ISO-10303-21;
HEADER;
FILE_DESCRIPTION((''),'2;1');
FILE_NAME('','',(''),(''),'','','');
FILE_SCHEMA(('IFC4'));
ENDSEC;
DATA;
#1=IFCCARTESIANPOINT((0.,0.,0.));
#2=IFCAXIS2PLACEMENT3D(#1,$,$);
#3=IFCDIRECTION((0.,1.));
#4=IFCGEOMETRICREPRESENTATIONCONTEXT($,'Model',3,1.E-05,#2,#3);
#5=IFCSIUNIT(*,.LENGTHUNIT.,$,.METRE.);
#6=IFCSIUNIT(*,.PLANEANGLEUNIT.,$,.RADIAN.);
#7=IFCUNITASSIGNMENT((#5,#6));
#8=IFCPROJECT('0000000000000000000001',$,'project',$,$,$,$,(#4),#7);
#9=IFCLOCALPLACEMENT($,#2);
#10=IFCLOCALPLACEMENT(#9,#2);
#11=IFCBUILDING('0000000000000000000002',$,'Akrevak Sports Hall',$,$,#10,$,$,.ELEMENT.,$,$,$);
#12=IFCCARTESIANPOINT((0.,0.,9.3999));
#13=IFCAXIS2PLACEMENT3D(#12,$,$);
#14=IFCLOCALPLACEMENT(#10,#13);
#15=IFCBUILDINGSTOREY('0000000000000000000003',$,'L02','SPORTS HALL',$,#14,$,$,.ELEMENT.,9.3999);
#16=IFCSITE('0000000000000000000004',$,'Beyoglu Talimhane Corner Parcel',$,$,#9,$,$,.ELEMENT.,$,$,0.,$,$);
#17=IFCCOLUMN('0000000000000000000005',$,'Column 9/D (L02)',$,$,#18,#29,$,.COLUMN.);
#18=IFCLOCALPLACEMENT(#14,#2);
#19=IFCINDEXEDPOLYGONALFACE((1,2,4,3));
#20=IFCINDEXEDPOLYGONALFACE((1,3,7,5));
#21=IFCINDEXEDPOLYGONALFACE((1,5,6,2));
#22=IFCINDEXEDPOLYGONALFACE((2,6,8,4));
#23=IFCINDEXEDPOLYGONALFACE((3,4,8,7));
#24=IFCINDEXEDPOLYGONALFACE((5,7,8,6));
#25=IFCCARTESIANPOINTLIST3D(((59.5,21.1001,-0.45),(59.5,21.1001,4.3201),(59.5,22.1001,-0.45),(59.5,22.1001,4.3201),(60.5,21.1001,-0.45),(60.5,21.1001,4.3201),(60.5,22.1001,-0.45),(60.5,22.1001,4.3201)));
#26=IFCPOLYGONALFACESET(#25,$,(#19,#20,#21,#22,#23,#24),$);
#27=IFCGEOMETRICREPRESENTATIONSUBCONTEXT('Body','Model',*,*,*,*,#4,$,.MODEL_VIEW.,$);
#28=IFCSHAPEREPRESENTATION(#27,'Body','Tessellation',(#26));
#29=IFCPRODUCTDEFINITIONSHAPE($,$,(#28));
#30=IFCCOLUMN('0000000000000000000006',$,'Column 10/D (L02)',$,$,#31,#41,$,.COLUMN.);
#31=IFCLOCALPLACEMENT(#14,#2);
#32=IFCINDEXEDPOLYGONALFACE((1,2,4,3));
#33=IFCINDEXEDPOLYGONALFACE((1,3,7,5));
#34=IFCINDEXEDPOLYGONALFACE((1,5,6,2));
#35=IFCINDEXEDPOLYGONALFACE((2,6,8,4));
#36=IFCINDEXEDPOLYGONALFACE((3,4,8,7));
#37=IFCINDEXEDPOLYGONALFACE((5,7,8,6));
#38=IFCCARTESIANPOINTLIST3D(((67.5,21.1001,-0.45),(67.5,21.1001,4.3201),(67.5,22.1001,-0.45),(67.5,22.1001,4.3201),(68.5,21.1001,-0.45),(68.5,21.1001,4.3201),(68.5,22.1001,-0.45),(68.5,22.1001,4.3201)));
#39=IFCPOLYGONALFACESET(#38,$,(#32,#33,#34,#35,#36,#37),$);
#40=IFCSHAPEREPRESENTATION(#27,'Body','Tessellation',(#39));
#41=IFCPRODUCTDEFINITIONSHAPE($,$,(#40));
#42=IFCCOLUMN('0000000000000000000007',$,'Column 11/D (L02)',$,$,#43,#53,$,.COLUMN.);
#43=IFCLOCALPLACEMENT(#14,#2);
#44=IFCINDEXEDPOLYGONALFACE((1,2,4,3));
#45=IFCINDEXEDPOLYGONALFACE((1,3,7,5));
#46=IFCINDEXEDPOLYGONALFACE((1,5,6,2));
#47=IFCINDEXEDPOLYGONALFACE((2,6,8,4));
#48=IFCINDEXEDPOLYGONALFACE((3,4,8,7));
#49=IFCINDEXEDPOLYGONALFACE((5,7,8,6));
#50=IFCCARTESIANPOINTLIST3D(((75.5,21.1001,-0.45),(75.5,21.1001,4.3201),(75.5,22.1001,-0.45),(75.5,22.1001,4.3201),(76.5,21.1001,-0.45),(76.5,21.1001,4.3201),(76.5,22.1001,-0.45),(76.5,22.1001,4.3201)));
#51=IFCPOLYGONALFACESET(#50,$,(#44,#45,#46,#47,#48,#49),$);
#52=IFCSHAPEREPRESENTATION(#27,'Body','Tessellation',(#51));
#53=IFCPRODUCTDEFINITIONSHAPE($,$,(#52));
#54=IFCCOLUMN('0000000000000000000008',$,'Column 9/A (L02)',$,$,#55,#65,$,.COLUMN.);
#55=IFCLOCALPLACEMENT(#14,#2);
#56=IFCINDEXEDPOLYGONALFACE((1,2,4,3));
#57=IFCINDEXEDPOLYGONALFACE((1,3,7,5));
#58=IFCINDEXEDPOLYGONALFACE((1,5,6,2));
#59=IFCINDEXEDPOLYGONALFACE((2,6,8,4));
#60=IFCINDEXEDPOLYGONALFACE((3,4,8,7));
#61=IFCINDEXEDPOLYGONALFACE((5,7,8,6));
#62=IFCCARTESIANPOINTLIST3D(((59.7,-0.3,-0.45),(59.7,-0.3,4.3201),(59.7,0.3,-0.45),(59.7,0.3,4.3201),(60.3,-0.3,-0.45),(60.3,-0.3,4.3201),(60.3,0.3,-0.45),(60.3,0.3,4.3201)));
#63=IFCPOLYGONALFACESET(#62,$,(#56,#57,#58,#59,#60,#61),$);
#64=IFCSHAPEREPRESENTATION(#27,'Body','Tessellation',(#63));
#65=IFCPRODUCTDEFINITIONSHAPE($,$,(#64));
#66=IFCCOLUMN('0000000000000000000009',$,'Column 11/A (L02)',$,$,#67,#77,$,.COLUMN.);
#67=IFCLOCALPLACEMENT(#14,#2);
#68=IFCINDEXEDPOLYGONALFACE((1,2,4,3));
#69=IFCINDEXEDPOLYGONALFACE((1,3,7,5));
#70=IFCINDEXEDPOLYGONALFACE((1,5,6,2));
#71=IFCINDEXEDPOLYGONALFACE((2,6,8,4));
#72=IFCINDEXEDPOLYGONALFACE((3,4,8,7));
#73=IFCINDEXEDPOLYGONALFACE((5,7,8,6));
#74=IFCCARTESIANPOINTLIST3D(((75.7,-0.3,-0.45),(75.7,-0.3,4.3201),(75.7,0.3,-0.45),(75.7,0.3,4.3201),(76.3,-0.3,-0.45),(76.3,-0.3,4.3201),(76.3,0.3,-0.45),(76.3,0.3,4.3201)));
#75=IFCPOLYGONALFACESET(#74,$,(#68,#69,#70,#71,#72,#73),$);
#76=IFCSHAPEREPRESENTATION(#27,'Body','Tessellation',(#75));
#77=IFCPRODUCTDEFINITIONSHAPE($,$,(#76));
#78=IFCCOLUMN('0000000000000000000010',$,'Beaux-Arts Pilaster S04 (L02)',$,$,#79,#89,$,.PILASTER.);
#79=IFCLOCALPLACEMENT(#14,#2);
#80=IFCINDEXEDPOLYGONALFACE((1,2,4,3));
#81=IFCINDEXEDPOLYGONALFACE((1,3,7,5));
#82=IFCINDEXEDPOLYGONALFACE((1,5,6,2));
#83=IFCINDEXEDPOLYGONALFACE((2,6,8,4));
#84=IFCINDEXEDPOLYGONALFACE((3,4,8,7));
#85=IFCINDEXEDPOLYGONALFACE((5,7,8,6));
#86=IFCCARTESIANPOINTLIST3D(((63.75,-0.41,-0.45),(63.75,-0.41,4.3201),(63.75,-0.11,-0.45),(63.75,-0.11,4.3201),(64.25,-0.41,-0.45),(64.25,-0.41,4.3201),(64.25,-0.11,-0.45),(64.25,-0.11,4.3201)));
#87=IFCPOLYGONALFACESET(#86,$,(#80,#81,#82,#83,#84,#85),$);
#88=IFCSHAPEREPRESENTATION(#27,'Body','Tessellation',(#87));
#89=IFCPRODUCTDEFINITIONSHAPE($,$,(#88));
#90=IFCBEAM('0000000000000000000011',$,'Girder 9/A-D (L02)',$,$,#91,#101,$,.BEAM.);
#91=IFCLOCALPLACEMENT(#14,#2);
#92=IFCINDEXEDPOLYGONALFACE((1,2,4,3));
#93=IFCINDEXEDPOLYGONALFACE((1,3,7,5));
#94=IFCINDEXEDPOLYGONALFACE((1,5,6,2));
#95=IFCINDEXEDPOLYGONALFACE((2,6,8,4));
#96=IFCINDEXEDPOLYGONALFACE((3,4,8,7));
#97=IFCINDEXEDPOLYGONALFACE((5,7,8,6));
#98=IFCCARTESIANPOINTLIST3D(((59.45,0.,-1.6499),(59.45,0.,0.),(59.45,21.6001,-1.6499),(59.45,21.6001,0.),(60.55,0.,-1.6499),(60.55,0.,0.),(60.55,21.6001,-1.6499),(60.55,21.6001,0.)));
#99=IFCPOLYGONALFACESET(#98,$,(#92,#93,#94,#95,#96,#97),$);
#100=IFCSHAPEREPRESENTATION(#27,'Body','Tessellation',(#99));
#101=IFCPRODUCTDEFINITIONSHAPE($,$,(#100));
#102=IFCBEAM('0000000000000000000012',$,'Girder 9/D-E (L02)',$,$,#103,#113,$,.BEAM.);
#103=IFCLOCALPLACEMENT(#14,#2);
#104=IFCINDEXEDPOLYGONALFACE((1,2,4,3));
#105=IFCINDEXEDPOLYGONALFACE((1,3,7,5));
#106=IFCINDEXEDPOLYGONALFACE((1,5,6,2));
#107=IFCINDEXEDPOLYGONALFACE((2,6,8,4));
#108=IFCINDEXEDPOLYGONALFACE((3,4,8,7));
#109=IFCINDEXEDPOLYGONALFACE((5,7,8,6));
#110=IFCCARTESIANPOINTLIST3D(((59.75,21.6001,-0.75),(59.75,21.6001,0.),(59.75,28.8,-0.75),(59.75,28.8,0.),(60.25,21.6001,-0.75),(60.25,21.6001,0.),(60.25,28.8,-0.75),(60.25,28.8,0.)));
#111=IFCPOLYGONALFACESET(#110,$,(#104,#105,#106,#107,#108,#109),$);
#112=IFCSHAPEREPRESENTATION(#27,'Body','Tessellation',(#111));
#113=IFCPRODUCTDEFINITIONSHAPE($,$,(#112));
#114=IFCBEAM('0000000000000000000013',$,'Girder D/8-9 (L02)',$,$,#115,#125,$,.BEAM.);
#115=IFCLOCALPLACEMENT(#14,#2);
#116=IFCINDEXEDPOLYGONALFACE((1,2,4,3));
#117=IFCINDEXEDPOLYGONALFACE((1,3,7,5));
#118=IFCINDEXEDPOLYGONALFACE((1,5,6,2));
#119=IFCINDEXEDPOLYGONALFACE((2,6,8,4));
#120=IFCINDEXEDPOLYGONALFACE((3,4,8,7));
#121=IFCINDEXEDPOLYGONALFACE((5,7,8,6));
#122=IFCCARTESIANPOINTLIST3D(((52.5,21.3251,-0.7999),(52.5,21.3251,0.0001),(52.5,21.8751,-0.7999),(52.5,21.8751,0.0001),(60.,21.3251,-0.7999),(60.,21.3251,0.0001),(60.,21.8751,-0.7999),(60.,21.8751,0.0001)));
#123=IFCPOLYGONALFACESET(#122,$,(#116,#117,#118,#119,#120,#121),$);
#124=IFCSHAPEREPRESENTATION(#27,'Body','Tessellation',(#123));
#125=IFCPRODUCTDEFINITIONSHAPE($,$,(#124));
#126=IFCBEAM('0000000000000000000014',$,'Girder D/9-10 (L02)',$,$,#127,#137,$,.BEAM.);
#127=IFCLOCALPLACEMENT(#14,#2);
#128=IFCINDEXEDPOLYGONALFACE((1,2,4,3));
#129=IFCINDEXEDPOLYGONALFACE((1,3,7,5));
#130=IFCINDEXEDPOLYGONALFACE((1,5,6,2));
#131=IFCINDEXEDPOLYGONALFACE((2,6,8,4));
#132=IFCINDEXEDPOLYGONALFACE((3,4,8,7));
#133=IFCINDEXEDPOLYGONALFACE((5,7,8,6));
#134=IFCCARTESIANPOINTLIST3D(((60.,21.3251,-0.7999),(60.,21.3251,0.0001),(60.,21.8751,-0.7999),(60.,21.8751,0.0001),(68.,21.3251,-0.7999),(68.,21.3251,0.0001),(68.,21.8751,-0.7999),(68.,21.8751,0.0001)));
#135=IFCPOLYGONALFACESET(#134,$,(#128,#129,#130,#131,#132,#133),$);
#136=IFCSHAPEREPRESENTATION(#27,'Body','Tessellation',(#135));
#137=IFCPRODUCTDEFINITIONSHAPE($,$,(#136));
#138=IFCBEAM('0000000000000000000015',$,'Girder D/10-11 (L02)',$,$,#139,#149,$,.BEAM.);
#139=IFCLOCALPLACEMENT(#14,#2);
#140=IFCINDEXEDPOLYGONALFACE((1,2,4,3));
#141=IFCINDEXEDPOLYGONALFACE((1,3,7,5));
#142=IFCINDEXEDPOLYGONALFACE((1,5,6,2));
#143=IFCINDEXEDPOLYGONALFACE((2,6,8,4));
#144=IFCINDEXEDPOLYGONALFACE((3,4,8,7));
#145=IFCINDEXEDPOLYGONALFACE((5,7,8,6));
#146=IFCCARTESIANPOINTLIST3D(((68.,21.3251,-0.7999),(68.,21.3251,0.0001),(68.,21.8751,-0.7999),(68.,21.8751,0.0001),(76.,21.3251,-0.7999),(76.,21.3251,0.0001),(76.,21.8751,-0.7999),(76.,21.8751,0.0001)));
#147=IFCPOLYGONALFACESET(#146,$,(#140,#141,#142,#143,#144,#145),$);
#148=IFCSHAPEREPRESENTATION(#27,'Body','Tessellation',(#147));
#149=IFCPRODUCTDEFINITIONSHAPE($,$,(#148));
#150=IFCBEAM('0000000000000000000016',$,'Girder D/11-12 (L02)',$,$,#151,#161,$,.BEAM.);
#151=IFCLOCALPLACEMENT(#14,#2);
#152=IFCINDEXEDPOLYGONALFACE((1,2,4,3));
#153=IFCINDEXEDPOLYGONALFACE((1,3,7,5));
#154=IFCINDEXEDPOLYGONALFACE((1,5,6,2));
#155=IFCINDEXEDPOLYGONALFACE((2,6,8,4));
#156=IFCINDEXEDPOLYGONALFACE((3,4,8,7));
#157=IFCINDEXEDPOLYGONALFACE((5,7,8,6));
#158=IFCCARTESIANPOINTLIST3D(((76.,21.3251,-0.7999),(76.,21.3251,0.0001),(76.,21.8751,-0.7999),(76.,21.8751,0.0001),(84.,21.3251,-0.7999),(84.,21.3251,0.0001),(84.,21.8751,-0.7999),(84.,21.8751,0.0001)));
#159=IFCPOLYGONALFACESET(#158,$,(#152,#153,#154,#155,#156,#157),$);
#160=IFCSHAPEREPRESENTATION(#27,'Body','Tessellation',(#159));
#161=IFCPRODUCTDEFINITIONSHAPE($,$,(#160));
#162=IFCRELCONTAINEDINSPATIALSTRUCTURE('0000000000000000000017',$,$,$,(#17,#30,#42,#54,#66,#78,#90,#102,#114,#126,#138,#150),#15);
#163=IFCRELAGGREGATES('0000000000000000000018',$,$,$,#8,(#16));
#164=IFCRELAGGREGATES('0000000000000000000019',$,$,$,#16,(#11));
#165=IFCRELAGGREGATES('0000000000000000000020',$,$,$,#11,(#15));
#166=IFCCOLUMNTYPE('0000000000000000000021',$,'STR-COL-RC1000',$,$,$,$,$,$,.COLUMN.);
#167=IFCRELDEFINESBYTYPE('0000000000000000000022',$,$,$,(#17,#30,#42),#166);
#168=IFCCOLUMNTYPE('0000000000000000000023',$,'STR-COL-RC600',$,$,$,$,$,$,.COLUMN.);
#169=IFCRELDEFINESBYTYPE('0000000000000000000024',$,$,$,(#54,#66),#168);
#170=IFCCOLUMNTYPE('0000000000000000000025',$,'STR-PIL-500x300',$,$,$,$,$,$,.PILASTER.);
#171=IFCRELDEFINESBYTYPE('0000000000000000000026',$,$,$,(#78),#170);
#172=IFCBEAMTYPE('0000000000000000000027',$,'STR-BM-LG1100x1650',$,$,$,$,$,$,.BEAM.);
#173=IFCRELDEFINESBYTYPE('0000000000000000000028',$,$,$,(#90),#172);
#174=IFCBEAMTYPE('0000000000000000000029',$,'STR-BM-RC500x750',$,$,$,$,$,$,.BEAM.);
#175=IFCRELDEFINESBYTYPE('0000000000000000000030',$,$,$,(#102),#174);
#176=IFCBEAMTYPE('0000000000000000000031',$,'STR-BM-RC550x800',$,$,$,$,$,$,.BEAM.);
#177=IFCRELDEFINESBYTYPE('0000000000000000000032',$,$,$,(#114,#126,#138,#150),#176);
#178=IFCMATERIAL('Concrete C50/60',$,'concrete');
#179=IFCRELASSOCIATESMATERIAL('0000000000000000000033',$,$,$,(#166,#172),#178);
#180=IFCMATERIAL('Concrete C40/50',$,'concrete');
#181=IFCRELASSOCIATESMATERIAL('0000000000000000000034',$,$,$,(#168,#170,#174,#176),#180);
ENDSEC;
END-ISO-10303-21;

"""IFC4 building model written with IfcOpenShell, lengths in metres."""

from ifc_helpers import new_model, si_unit, direction, frame, origin, origin_2d, place, context, subcontext, project, spatial, rectangle, extrude, material, material_profile, profile_set, type_object, element, save


model = new_model("IFC4")

# Units and contexts
model_context = context("Model", 3, precision=1e-05, world=origin(), true_north=direction((0.0, 1.0)))
body_context = subcontext(model_context, "Body", "Model", "MODEL_VIEW")
ifc_project = project(units=[si_unit("LENGTHUNIT", "METRE"), si_unit("PLANEANGLEUNIT", "RADIAN")], contexts=[model_context])

# Site, building, storey
site_placement = place(None, origin())
site = spatial("IfcSite", under=ifc_project, at=site_placement, Name="Beyoglu Talimhane Corner Parcel", CompositionType="ELEMENT", RefElevation=0.0)
building_placement = place(site_placement, origin())
building = spatial("IfcBuilding", under=site, at=building_placement, Name="Akrevak Sports Hall", CompositionType="ELEMENT")
storey_placement = place(building_placement, frame((0.0, 0.0, 9.3999)))
storey = spatial("IfcBuildingStorey", under=building, at=storey_placement, Name="L02", Description="SPORTS HALL", CompositionType="ELEMENT", Elevation=9.3999)

# Columns
ifc_material_1 = material(Name="Concrete C50/60", Category="concrete")
ifc_material_profile_1 = material_profile(ifc_material_1, rectangle(XDim=1.0, YDim=1.0, at=origin_2d()), Name="RC 1000x1000", Category="concrete")
ifc_profile_set_1 = profile_set([ifc_material_profile_1], Name="Concrete C50/60")
column_type_1 = type_object("IfcColumnType", Name="STR-COL-RC1000", PredefinedType="COLUMN", material=ifc_profile_set_1)
for number, where, z_axis, x_axis, name in (
    (1, (60.0, 21.6001, -0.45), (0.0, 0.0, 1.0), (1.0, 0.0, 0.0), "Column 9/D (L02)"),
    (2, (68.0, 21.6001, -0.45), (0.0, 0.0, 1.0), (1.0, 0.0, 0.0), "Column 10/D (L02)"),
    (3, (76.0, 21.6001, -0.45), (0.0, 0.0, 1.0), (1.0, 0.0, 0.0), "Column 11/D (L02)"),
):
    element("IfcColumn", number, at=place(storey_placement, frame(where, z_axis=z_axis, x_axis=x_axis)), inside=storey, type_object=column_type_1, Name=name, PredefinedType="COLUMN", context=body_context, shape_type="SweptSolid", body=[
        extrude(rectangle(XDim=1.0, YDim=1.0, at=origin_2d()), origin(), (0.0, 0.0, 1.0), 4.77),
    ])
ifc_material_2 = material(Name="Concrete C40/50", Category="concrete")
ifc_material_profile_2 = material_profile(ifc_material_2, rectangle(XDim=0.6001, YDim=0.6001, at=origin_2d()), Name="RC 600x600", Category="concrete")
ifc_profile_set_2 = profile_set([ifc_material_profile_2], Name="Concrete C40/50")
column_type_2 = type_object("IfcColumnType", Name="STR-COL-RC600", PredefinedType="COLUMN", material=ifc_profile_set_2)
for number, where, z_axis, x_axis, name in (
    (4, (60.0, 0.0, -0.45), (0.0, 0.0, 1.0), (1.0, 0.0, 0.0), "Column 9/A (L02)"),
    (5, (76.0, 0.0, -0.45), (0.0, 0.0, 1.0), (1.0, 0.0, 0.0), "Column 11/A (L02)"),
):
    element("IfcColumn", number, at=place(storey_placement, frame(where, z_axis=z_axis, x_axis=x_axis)), inside=storey, type_object=column_type_2, Name=name, PredefinedType="COLUMN", context=body_context, shape_type="SweptSolid", body=[
        extrude(rectangle(XDim=0.6001, YDim=0.6001, at=origin_2d()), origin(), (0.0, 0.0, 1.0), 4.77),
    ])
ifc_material_profile_3 = material_profile(ifc_material_2, rectangle(XDim=0.5, YDim=0.3, at=origin_2d()), Name="PIL 500x300", Category="concrete")
ifc_profile_set_3 = profile_set([ifc_material_profile_3], Name="Concrete C40/50")
column_type_3 = type_object("IfcColumnType", Name="STR-PIL-500x300", PredefinedType="PILASTER", material=ifc_profile_set_3)
column_placement = place(storey_placement, frame((64.0, -0.26, -0.45), z_axis=(0.0, 0.0, 1.0), x_axis=(1.0, 0.0, 0.0)))
element("IfcColumn", 6, at=column_placement, inside=storey, type_object=column_type_3, Name="Beaux-Arts Pilaster S04 (L02)", PredefinedType="PILASTER", context=body_context, shape_type="SweptSolid", body=[
    extrude(rectangle(XDim=0.5, YDim=0.3, at=origin_2d()), origin(), (0.0, 0.0, 1.0), 4.77),
])

# Beams
ifc_material_profile_4 = material_profile(ifc_material_1, rectangle(XDim=1.1001, YDim=1.6499, at=origin_2d()), Name="BM 1100x1650", Category="concrete")
ifc_profile_set_4 = profile_set([ifc_material_profile_4], Name="Concrete C50/60")
beam_type_1 = type_object("IfcBeamType", Name="STR-BM-LG1100x1650", PredefinedType="BEAM", material=ifc_profile_set_4)
beam_1_placement = place(storey_placement, frame((60.0, 0.0, -0.825), z_axis=(0.0, 1.0, 0.0), x_axis=(-1.0, 0.0, 0.0)))
element("IfcBeam", 7, at=beam_1_placement, inside=storey, type_object=beam_type_1, Name="Girder 9/A-D (L02)", PredefinedType="BEAM", context=body_context, shape_type="SweptSolid", body=[
    extrude(rectangle(XDim=1.1001, YDim=1.6499, at=origin_2d()), origin(), (0.0, 0.0, 1.0), 21.6001),
])
ifc_material_profile_5 = material_profile(ifc_material_2, rectangle(XDim=0.5, YDim=0.75, at=origin_2d()), Name="BM 500x750", Category="concrete")
ifc_profile_set_5 = profile_set([ifc_material_profile_5], Name="Concrete C40/50")
beam_type_2 = type_object("IfcBeamType", Name="STR-BM-RC500x750", PredefinedType="BEAM", material=ifc_profile_set_5)
beam_2_placement = place(storey_placement, frame((60.0, 21.6001, -0.375), z_axis=(0.0, 1.0, 0.0), x_axis=(-1.0, 0.0, 0.0)))
element("IfcBeam", 8, at=beam_2_placement, inside=storey, type_object=beam_type_2, Name="Girder 9/D-E (L02)", PredefinedType="BEAM", context=body_context, shape_type="SweptSolid", body=[
    extrude(rectangle(XDim=0.5, YDim=0.75, at=origin_2d()), origin(), (0.0, 0.0, 1.0), 7.2),
])
ifc_material_profile_6 = material_profile(ifc_material_2, rectangle(XDim=0.55, YDim=0.8, at=origin_2d()), Name="BM 550x800", Category="concrete")
ifc_profile_set_6 = profile_set([ifc_material_profile_6], Name="Concrete C40/50")
beam_type_3 = type_object("IfcBeamType", Name="STR-BM-RC550x800", PredefinedType="BEAM", material=ifc_profile_set_6)
beam_3_placement = place(storey_placement, frame((52.5, 21.6001, -0.3999), z_axis=(1.0, 0.0, 0.0), x_axis=(0.0, 1.0, 0.0)))
element("IfcBeam", 9, at=beam_3_placement, inside=storey, type_object=beam_type_3, Name="Girder D/8-9 (L02)", PredefinedType="BEAM", context=body_context, shape_type="SweptSolid", body=[
    extrude(rectangle(XDim=0.55, YDim=0.8, at=origin_2d()), origin(), (0.0, 0.0, 1.0), 7.5),
])
for number, where, z_axis, x_axis, name in (
    (10, (60.0, 21.6001, -0.3999), (1.0, 0.0, 0.0), (0.0, 1.0, 0.0), "Girder D/9-10 (L02)"),
    (11, (68.0, 21.6001, -0.3999), (1.0, 0.0, 0.0), (0.0, 1.0, 0.0), "Girder D/10-11 (L02)"),
    (12, (76.0, 21.6001, -0.3999), (1.0, 0.0, 0.0), (0.0, 1.0, 0.0), "Girder D/11-12 (L02)"),
):
    element("IfcBeam", number, at=place(storey_placement, frame(where, z_axis=z_axis, x_axis=x_axis)), inside=storey, type_object=beam_type_3, Name=name, PredefinedType="BEAM", context=body_context, shape_type="SweptSolid", body=[
        extrude(rectangle(XDim=0.55, YDim=0.8, at=origin_2d()), origin(), (0.0, 0.0, 1.0), 8.0),
    ])

save(model, "model.ifc")
